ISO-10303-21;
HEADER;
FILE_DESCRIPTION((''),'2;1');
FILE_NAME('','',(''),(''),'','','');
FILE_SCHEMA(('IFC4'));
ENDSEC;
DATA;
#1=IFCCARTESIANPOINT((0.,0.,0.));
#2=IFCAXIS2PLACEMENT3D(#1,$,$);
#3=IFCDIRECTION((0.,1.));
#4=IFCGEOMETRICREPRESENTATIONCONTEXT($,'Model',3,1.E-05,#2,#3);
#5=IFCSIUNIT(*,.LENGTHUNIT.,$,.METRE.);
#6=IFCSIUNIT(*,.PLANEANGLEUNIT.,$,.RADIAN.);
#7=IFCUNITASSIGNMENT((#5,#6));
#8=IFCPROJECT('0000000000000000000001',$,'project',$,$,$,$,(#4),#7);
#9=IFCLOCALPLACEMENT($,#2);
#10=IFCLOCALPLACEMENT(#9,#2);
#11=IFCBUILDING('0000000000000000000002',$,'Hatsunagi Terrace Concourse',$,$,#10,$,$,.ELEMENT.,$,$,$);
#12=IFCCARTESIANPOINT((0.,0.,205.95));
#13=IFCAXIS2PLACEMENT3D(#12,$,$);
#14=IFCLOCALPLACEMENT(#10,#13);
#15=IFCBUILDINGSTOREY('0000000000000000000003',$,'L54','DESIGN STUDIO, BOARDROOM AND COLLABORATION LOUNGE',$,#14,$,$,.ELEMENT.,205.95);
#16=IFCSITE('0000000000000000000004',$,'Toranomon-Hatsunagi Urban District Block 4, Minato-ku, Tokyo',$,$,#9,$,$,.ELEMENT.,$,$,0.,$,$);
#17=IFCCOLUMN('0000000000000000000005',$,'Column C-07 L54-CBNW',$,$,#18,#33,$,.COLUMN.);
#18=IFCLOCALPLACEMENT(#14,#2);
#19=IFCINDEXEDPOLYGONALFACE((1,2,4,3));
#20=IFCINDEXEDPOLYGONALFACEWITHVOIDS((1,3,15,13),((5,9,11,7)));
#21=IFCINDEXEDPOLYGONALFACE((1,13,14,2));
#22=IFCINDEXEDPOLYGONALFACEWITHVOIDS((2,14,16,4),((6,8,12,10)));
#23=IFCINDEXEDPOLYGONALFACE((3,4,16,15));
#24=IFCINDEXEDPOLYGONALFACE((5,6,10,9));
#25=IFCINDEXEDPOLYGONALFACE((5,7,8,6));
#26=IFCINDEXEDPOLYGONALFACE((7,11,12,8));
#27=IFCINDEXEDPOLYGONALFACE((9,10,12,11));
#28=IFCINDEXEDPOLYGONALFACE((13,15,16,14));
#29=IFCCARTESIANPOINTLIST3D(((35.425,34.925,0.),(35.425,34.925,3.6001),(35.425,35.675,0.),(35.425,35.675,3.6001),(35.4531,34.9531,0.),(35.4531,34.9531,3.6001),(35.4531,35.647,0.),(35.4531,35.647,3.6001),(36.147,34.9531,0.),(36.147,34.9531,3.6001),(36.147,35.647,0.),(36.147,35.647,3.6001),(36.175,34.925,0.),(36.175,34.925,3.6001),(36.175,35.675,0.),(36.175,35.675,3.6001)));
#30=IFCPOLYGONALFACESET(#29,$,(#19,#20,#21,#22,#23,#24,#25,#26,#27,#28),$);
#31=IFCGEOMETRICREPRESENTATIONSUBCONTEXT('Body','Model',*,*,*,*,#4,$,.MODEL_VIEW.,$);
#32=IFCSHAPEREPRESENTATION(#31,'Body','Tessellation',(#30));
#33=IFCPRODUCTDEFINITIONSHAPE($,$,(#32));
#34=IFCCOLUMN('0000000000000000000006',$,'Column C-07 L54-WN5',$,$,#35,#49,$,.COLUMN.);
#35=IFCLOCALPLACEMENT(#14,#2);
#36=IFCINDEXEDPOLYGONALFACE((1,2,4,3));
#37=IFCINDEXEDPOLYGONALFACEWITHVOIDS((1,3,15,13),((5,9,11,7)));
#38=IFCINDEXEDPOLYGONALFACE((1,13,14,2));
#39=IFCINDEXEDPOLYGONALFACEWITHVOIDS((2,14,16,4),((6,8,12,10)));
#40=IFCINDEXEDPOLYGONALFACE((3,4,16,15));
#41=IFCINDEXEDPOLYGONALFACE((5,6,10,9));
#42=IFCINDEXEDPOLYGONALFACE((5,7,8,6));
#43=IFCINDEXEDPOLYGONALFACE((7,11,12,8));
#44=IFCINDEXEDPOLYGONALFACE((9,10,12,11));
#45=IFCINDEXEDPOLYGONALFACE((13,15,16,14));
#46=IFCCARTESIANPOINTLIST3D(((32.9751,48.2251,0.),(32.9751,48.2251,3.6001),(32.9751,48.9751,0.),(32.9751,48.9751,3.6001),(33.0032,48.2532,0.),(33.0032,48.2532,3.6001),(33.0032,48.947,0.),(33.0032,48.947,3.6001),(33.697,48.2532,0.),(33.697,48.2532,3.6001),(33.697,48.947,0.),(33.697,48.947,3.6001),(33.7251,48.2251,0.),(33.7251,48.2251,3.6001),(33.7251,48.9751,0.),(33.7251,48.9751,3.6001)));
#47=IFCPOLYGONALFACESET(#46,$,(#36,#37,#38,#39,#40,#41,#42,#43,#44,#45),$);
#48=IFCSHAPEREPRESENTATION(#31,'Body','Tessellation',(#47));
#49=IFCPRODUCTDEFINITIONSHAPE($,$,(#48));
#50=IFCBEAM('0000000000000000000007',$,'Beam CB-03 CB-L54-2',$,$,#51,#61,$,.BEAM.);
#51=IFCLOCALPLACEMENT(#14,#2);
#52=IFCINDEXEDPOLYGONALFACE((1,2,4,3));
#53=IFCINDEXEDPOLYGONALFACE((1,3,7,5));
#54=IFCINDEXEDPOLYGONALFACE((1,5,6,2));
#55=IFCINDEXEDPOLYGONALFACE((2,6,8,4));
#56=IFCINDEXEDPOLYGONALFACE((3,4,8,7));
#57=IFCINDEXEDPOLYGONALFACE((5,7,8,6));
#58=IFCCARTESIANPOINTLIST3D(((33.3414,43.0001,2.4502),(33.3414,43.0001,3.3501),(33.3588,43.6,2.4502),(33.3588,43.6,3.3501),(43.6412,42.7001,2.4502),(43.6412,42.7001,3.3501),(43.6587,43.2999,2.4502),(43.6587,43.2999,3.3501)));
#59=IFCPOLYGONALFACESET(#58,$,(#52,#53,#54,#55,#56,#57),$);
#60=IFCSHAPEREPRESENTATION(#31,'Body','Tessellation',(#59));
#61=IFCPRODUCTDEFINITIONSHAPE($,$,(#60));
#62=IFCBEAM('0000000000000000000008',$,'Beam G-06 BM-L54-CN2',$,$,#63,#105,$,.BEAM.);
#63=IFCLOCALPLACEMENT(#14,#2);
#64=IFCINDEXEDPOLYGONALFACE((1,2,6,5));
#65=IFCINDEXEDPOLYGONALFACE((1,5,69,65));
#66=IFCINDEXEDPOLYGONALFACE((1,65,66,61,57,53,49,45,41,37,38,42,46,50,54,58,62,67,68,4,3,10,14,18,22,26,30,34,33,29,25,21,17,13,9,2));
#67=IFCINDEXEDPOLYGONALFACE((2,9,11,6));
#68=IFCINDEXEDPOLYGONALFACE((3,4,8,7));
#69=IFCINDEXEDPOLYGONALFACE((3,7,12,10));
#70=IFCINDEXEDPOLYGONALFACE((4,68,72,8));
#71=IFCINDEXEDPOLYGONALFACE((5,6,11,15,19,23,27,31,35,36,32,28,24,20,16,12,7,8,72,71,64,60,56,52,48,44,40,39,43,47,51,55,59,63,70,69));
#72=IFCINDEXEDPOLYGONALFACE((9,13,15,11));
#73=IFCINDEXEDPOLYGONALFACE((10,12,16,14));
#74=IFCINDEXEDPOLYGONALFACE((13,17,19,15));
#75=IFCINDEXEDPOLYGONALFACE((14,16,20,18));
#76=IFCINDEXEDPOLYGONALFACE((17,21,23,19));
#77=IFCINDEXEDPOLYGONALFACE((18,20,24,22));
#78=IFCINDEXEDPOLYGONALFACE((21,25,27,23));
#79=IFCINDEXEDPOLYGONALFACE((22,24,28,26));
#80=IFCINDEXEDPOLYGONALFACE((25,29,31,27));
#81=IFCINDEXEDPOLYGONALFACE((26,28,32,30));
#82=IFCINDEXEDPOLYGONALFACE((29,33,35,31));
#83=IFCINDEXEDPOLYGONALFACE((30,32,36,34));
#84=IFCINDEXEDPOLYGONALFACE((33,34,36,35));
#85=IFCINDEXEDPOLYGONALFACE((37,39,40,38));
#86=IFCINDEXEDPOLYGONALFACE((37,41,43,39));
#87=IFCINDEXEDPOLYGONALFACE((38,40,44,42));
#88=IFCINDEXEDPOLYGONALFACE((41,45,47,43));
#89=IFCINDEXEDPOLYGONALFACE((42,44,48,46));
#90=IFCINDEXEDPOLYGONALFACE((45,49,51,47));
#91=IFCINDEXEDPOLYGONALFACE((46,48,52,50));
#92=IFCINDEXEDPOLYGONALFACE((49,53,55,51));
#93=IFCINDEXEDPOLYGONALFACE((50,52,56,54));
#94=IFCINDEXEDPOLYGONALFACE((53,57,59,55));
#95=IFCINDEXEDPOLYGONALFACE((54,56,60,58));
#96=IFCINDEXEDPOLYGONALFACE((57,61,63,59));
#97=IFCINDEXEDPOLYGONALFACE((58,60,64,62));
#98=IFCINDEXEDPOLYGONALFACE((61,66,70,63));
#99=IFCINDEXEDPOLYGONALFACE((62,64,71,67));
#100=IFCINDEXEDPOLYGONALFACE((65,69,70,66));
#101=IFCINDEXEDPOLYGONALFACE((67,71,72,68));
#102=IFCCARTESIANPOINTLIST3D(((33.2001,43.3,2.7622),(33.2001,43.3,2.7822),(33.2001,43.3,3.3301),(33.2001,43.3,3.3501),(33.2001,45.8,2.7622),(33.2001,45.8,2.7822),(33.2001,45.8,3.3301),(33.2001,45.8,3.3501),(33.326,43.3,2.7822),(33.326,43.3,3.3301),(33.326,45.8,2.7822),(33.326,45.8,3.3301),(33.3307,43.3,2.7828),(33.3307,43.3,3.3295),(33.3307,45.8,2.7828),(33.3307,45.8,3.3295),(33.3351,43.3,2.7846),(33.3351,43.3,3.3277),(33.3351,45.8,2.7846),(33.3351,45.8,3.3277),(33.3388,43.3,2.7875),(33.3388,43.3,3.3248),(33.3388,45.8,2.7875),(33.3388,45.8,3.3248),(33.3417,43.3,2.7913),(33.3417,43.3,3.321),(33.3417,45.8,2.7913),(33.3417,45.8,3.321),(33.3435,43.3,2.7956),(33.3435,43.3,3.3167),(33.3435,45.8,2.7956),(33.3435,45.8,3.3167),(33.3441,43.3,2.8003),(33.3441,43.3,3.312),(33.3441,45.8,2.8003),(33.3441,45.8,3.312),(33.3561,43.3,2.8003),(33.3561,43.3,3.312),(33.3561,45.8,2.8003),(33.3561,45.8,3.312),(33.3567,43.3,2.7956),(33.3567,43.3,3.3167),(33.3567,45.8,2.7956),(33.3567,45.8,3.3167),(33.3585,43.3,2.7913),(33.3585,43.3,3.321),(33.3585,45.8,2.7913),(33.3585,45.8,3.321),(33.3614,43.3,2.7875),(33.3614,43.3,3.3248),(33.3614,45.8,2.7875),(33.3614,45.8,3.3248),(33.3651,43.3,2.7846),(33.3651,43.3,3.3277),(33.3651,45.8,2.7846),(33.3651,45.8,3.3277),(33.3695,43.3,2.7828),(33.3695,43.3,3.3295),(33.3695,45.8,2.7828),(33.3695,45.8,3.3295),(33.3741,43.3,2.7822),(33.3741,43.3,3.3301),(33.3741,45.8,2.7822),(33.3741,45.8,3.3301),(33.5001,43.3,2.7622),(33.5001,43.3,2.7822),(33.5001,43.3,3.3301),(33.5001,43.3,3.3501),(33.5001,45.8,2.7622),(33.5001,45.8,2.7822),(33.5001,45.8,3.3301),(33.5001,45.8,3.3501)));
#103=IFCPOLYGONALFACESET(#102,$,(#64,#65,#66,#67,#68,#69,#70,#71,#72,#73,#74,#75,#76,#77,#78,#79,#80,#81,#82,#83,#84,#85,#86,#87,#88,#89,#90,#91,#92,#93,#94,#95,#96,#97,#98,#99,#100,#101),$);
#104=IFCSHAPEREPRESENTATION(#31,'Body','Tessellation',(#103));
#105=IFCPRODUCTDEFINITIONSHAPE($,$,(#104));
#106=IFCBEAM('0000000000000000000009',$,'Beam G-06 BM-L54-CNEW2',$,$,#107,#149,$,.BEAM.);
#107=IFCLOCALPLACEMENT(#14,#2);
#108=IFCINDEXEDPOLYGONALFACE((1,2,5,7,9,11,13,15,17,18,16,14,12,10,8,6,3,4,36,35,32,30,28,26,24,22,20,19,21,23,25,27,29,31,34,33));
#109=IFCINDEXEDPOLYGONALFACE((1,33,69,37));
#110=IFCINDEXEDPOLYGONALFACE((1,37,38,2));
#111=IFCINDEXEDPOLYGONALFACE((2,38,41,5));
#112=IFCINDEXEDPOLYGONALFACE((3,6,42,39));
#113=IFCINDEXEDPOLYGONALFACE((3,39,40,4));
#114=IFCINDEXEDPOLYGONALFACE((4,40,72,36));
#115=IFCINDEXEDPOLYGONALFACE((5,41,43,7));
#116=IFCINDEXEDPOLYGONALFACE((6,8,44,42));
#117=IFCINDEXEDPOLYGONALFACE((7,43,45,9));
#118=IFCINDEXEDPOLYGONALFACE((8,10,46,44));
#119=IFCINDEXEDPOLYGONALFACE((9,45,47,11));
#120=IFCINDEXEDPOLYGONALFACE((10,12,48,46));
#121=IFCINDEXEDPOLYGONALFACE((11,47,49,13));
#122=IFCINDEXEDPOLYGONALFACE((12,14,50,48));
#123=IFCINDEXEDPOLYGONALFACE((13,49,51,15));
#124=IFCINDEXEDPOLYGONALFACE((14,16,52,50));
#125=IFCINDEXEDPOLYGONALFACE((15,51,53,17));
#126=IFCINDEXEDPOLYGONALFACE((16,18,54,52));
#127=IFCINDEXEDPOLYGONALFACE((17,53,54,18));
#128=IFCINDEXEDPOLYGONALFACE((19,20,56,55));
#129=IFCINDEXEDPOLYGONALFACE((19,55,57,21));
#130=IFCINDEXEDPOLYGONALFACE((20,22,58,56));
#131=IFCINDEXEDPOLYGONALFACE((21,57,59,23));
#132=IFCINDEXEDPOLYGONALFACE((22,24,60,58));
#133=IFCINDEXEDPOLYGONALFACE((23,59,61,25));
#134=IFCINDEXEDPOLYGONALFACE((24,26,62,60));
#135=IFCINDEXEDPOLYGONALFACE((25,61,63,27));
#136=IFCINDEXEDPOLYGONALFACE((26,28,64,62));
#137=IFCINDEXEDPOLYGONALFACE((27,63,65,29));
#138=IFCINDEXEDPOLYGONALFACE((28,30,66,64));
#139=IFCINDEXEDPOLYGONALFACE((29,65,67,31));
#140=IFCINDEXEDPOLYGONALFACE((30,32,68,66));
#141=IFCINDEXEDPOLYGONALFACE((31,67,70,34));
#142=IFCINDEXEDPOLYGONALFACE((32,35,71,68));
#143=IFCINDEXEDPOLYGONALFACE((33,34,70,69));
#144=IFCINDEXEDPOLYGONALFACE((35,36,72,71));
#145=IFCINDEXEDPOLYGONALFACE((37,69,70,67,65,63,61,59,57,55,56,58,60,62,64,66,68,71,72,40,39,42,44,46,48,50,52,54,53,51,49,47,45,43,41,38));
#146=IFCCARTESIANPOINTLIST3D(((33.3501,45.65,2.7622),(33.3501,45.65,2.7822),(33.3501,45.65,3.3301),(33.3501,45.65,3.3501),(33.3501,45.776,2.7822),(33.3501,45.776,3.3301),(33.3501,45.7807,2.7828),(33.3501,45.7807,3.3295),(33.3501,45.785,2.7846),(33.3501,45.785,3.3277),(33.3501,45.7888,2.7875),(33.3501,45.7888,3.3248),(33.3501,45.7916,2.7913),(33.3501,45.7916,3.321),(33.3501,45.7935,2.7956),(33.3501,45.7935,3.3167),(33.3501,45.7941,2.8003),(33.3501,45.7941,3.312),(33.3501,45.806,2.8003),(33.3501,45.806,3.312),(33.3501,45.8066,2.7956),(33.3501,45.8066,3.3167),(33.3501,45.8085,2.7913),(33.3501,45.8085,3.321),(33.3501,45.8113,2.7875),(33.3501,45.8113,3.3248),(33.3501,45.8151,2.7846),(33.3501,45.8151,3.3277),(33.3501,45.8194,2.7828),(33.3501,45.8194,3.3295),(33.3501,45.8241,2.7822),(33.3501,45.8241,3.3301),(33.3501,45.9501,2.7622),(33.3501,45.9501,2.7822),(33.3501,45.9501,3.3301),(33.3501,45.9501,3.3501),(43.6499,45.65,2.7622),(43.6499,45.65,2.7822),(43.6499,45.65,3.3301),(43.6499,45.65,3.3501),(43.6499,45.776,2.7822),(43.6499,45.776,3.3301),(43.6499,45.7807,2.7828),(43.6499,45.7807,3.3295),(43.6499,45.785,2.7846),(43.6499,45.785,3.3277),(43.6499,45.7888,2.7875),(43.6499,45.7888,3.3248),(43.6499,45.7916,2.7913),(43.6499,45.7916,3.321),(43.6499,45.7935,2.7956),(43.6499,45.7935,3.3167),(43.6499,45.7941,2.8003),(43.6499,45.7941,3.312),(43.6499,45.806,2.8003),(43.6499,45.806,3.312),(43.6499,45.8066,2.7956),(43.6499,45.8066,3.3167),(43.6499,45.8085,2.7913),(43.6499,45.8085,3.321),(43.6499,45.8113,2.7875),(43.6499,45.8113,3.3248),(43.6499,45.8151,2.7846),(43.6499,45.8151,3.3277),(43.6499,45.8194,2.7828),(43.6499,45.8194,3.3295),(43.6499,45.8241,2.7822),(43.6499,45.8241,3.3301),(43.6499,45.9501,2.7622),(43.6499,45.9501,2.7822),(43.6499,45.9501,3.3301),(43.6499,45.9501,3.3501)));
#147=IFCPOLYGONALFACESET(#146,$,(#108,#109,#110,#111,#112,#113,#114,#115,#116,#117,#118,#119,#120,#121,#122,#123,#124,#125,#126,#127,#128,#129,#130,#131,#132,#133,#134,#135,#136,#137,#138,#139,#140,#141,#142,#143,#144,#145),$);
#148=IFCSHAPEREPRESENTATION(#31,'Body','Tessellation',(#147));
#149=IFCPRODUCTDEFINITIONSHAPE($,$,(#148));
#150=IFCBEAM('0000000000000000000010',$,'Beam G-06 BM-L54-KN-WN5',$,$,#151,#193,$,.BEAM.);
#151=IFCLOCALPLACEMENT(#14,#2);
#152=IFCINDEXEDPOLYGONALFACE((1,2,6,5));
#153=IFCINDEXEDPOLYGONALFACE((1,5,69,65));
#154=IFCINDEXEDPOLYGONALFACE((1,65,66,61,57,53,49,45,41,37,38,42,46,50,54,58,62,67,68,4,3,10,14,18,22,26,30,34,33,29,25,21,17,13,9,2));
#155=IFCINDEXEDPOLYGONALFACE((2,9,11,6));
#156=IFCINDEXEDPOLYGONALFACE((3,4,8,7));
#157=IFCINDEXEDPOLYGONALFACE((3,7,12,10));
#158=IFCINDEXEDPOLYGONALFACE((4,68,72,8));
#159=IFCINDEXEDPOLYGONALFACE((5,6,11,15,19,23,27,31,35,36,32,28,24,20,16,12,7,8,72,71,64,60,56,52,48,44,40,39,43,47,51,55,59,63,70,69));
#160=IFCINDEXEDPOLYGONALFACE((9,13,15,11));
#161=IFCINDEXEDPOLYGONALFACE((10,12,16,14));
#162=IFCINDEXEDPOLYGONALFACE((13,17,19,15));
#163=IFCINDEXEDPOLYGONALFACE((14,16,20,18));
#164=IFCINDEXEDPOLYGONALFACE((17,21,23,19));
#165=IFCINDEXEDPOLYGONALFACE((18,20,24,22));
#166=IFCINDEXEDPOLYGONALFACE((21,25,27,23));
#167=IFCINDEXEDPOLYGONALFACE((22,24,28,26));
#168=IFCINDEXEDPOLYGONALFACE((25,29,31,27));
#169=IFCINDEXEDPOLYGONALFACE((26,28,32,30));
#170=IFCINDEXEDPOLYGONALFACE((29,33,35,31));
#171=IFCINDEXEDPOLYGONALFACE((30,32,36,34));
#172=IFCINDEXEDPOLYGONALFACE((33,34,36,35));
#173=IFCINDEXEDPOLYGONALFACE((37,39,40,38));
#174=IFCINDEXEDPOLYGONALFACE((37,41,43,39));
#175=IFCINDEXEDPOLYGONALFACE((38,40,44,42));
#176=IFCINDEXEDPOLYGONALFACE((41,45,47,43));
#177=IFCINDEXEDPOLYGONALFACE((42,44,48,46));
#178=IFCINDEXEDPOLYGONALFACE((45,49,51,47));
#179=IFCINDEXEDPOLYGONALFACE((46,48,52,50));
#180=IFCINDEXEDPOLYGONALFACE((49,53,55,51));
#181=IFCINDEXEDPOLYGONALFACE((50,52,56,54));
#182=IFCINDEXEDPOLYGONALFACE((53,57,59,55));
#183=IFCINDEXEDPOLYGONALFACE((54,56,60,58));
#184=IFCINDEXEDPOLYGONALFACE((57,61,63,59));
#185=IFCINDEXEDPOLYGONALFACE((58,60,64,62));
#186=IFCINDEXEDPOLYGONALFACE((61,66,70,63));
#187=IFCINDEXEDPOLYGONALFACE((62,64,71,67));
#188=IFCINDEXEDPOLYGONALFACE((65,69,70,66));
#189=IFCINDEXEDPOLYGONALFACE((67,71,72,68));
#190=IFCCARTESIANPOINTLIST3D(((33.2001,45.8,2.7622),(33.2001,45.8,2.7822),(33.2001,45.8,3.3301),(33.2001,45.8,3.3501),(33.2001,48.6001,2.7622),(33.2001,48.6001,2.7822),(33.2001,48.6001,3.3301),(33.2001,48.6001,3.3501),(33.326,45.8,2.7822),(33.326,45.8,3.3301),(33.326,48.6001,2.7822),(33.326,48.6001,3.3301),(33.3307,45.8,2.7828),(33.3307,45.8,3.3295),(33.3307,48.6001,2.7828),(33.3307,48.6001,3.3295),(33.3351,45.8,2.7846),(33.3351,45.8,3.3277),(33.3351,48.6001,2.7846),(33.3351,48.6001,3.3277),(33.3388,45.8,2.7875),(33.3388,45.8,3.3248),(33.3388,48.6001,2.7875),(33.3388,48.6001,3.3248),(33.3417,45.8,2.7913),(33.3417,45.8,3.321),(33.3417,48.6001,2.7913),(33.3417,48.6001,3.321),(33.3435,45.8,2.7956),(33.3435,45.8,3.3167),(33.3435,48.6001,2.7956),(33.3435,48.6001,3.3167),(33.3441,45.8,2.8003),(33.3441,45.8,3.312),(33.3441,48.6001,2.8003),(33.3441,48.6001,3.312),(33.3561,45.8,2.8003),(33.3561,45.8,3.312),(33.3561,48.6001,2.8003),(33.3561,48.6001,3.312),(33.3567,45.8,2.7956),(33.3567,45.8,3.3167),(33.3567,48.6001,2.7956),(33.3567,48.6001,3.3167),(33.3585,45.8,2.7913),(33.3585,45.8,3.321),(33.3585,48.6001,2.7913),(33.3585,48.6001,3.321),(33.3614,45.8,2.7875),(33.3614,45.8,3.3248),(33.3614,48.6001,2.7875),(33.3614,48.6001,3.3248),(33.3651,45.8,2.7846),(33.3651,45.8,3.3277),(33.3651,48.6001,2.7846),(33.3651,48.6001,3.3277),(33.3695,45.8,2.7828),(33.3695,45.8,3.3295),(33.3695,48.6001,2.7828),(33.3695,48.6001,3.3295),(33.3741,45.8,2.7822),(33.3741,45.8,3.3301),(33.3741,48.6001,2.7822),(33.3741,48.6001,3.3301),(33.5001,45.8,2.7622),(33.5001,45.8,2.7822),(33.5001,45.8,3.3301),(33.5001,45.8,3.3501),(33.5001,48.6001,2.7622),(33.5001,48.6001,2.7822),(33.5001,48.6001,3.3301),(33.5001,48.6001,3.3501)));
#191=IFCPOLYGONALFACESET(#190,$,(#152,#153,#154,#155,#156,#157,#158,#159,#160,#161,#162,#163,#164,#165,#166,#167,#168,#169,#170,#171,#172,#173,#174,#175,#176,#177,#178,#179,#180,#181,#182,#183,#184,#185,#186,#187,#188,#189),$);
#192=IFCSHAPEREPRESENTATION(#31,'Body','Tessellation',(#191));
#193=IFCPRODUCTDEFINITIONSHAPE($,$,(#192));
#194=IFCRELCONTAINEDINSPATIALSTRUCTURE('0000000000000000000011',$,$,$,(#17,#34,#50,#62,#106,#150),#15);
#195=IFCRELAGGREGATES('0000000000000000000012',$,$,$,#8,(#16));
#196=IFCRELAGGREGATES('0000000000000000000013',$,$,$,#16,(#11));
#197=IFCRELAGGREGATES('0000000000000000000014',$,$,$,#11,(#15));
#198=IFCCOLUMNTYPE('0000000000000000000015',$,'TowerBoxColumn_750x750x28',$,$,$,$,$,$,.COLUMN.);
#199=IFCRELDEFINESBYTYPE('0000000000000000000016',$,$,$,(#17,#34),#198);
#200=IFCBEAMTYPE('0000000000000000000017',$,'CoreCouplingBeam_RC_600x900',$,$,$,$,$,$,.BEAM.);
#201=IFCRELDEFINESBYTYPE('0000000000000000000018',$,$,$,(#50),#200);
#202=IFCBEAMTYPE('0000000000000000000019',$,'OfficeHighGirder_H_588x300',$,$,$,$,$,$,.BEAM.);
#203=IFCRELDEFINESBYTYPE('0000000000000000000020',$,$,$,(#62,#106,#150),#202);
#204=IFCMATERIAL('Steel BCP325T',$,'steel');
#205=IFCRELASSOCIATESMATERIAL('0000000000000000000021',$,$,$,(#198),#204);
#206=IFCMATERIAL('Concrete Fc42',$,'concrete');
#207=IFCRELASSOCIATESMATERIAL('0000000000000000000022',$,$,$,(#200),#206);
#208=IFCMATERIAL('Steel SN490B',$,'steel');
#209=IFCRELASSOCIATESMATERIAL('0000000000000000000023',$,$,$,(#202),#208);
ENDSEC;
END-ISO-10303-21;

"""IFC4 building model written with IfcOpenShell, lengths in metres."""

from ifc_helpers import new_model, si_unit, direction, frame, origin, origin_2d, place, context, subcontext, project, spatial, rectangle, hollow_rectangle, i_section, extrude, material, material_profile, profile_set, type_object, element, save


model = new_model("IFC4")

# Units and contexts
model_context = context("Model", 3, precision=1e-05, world=origin(), true_north=direction((0.0, 1.0)))
body_context = subcontext(model_context, "Body", "Model", "MODEL_VIEW")
ifc_project = project(units=[si_unit("LENGTHUNIT", "METRE"), si_unit("PLANEANGLEUNIT", "RADIAN")], contexts=[model_context])

# Site, building, storey
site_placement = place(None, origin())
site = spatial("IfcSite", under=ifc_project, at=site_placement, Name="Toranomon-Hatsunagi Urban District Block 4, Minato-ku, Tokyo", CompositionType="ELEMENT", RefElevation=0.0)
building_placement = place(site_placement, origin())
building = spatial("IfcBuilding", under=site, at=building_placement, Name="Hatsunagi Terrace Concourse", CompositionType="ELEMENT")
storey_placement = place(building_placement, frame((0.0, 0.0, 205.95)))
storey = spatial("IfcBuildingStorey", under=building, at=storey_placement, Name="L54", Description="DESIGN STUDIO, BOARDROOM AND COLLABORATION LOUNGE", CompositionType="ELEMENT", Elevation=205.95)

# Columns
ifc_material_1 = material(Name="Steel BCP325T", Category="steel")
ifc_material_profile_1 = material_profile(ifc_material_1, hollow_rectangle(XDim=0.75, YDim=0.75, WallThickness=0.0281, at=origin_2d()), Name="BCP-750x750x28")
ifc_profile_set_1 = profile_set([ifc_material_profile_1], Name="Steel BCP325T")
column_type = type_object("IfcColumnType", Name="TowerBoxColumn_750x750x28", PredefinedType="COLUMN", material=ifc_profile_set_1)
for number, where, z_axis, x_axis, name in (
    (1, (35.8, 35.3, 0.0), (0.0, 0.0, 1.0), (1.0, 0.0, 0.0), "Column C-07 L54-CBNW"),
    (2, (33.3501, 48.6001, 0.0), (0.0, 0.0, 1.0), (1.0, 0.0, 0.0), "Column C-07 L54-WN5"),
):
    element("IfcColumn", number, at=place(storey_placement, frame(where, z_axis=z_axis, x_axis=x_axis)), inside=storey, type_object=column_type, Name=name, PredefinedType="COLUMN", context=body_context, shape_type="SweptSolid", body=[
        extrude(hollow_rectangle(XDim=0.75, YDim=0.75, WallThickness=0.0281, at=origin_2d()), origin(), (0.0, 0.0, 1.0), 3.6001),
    ])

# Beams
ifc_material_2 = material(Name="Concrete Fc42", Category="concrete")
ifc_material_profile_2 = material_profile(ifc_material_2, rectangle(XDim=0.6001, YDim=0.8999, at=origin_2d()), Name="RC-600x900")
ifc_profile_set_2 = profile_set([ifc_material_profile_2], Name="Concrete Fc42")
beam_type_1 = type_object("IfcBeamType", Name="CoreCouplingBeam_RC_600x900", PredefinedType="BEAM", material=ifc_profile_set_2)
beam_1_placement = place(storey_placement, frame((33.3501, 43.3, 2.9001), z_axis=(0.999576, -0.029119, 0.0), x_axis=(0.029119, 0.999576, 0.0)))
element("IfcBeam", 3, at=beam_1_placement, inside=storey, type_object=beam_type_1, Name="Beam CB-03 CB-L54-2", PredefinedType="BEAM", context=body_context, shape_type="SweptSolid", body=[
    extrude(rectangle(XDim=0.6001, YDim=0.8999, at=origin_2d()), origin(), (0.0, 0.0, 1.0), 10.3042),
])
ifc_material_3 = material(Name="Steel SN490B", Category="steel")
ifc_material_profile_3 = material_profile(ifc_material_3, i_section(OverallWidth=0.3, OverallDepth=0.5879, WebThickness=0.012, FlangeThickness=0.02, FilletRadius=0.0181, at=origin_2d()), Name="H-588x300x12x20")
ifc_profile_set_3 = profile_set([ifc_material_profile_3], Name="Steel SN490B")
beam_type_2 = type_object("IfcBeamType", Name="OfficeHighGirder_H_588x300", PredefinedType="BEAM", material=ifc_profile_set_3)
beam_2_placement = place(storey_placement, frame((33.3501, 43.3, 3.0562), z_axis=(0.0, 1.0, 0.0), x_axis=(-1.0, 0.0, 0.0)))
element("IfcBeam", 4, at=beam_2_placement, inside=storey, type_object=beam_type_2, Name="Beam G-06 BM-L54-CN2", PredefinedType="BEAM", context=body_context, shape_type="SweptSolid", body=[
    extrude(i_section(OverallWidth=0.3, OverallDepth=0.5879, WebThickness=0.012, FlangeThickness=0.02, FilletRadius=0.0181, at=origin_2d()), origin(), (0.0, 0.0, 1.0), 2.5),
])
beam_3_placement = place(storey_placement, frame((33.3501, 45.8, 3.0562), z_axis=(1.0, 0.0, 0.0), x_axis=(0.0, 1.0, 0.0)))
element("IfcBeam", 5, at=beam_3_placement, inside=storey, type_object=beam_type_2, Name="Beam G-06 BM-L54-CNEW2", PredefinedType="BEAM", context=body_context, shape_type="SweptSolid", body=[
    extrude(i_section(OverallWidth=0.3, OverallDepth=0.5879, WebThickness=0.012, FlangeThickness=0.02, FilletRadius=0.0181, at=origin_2d()), origin(), (0.0, 0.0, 1.0), 10.2998),
])
beam_4_placement = place(storey_placement, frame((33.3501, 45.8, 3.0562), z_axis=(0.0, 1.0, 0.0), x_axis=(-1.0, 0.0, 0.0)))
element("IfcBeam", 6, at=beam_4_placement, inside=storey, type_object=beam_type_2, Name="Beam G-06 BM-L54-KN-WN5", PredefinedType="BEAM", context=body_context, shape_type="SweptSolid", body=[
    extrude(i_section(OverallWidth=0.3, OverallDepth=0.5879, WebThickness=0.012, FlangeThickness=0.02, FilletRadius=0.0181, at=origin_2d()), origin(), (0.0, 0.0, 1.0), 2.8),
])

save(model, "model.ifc")
